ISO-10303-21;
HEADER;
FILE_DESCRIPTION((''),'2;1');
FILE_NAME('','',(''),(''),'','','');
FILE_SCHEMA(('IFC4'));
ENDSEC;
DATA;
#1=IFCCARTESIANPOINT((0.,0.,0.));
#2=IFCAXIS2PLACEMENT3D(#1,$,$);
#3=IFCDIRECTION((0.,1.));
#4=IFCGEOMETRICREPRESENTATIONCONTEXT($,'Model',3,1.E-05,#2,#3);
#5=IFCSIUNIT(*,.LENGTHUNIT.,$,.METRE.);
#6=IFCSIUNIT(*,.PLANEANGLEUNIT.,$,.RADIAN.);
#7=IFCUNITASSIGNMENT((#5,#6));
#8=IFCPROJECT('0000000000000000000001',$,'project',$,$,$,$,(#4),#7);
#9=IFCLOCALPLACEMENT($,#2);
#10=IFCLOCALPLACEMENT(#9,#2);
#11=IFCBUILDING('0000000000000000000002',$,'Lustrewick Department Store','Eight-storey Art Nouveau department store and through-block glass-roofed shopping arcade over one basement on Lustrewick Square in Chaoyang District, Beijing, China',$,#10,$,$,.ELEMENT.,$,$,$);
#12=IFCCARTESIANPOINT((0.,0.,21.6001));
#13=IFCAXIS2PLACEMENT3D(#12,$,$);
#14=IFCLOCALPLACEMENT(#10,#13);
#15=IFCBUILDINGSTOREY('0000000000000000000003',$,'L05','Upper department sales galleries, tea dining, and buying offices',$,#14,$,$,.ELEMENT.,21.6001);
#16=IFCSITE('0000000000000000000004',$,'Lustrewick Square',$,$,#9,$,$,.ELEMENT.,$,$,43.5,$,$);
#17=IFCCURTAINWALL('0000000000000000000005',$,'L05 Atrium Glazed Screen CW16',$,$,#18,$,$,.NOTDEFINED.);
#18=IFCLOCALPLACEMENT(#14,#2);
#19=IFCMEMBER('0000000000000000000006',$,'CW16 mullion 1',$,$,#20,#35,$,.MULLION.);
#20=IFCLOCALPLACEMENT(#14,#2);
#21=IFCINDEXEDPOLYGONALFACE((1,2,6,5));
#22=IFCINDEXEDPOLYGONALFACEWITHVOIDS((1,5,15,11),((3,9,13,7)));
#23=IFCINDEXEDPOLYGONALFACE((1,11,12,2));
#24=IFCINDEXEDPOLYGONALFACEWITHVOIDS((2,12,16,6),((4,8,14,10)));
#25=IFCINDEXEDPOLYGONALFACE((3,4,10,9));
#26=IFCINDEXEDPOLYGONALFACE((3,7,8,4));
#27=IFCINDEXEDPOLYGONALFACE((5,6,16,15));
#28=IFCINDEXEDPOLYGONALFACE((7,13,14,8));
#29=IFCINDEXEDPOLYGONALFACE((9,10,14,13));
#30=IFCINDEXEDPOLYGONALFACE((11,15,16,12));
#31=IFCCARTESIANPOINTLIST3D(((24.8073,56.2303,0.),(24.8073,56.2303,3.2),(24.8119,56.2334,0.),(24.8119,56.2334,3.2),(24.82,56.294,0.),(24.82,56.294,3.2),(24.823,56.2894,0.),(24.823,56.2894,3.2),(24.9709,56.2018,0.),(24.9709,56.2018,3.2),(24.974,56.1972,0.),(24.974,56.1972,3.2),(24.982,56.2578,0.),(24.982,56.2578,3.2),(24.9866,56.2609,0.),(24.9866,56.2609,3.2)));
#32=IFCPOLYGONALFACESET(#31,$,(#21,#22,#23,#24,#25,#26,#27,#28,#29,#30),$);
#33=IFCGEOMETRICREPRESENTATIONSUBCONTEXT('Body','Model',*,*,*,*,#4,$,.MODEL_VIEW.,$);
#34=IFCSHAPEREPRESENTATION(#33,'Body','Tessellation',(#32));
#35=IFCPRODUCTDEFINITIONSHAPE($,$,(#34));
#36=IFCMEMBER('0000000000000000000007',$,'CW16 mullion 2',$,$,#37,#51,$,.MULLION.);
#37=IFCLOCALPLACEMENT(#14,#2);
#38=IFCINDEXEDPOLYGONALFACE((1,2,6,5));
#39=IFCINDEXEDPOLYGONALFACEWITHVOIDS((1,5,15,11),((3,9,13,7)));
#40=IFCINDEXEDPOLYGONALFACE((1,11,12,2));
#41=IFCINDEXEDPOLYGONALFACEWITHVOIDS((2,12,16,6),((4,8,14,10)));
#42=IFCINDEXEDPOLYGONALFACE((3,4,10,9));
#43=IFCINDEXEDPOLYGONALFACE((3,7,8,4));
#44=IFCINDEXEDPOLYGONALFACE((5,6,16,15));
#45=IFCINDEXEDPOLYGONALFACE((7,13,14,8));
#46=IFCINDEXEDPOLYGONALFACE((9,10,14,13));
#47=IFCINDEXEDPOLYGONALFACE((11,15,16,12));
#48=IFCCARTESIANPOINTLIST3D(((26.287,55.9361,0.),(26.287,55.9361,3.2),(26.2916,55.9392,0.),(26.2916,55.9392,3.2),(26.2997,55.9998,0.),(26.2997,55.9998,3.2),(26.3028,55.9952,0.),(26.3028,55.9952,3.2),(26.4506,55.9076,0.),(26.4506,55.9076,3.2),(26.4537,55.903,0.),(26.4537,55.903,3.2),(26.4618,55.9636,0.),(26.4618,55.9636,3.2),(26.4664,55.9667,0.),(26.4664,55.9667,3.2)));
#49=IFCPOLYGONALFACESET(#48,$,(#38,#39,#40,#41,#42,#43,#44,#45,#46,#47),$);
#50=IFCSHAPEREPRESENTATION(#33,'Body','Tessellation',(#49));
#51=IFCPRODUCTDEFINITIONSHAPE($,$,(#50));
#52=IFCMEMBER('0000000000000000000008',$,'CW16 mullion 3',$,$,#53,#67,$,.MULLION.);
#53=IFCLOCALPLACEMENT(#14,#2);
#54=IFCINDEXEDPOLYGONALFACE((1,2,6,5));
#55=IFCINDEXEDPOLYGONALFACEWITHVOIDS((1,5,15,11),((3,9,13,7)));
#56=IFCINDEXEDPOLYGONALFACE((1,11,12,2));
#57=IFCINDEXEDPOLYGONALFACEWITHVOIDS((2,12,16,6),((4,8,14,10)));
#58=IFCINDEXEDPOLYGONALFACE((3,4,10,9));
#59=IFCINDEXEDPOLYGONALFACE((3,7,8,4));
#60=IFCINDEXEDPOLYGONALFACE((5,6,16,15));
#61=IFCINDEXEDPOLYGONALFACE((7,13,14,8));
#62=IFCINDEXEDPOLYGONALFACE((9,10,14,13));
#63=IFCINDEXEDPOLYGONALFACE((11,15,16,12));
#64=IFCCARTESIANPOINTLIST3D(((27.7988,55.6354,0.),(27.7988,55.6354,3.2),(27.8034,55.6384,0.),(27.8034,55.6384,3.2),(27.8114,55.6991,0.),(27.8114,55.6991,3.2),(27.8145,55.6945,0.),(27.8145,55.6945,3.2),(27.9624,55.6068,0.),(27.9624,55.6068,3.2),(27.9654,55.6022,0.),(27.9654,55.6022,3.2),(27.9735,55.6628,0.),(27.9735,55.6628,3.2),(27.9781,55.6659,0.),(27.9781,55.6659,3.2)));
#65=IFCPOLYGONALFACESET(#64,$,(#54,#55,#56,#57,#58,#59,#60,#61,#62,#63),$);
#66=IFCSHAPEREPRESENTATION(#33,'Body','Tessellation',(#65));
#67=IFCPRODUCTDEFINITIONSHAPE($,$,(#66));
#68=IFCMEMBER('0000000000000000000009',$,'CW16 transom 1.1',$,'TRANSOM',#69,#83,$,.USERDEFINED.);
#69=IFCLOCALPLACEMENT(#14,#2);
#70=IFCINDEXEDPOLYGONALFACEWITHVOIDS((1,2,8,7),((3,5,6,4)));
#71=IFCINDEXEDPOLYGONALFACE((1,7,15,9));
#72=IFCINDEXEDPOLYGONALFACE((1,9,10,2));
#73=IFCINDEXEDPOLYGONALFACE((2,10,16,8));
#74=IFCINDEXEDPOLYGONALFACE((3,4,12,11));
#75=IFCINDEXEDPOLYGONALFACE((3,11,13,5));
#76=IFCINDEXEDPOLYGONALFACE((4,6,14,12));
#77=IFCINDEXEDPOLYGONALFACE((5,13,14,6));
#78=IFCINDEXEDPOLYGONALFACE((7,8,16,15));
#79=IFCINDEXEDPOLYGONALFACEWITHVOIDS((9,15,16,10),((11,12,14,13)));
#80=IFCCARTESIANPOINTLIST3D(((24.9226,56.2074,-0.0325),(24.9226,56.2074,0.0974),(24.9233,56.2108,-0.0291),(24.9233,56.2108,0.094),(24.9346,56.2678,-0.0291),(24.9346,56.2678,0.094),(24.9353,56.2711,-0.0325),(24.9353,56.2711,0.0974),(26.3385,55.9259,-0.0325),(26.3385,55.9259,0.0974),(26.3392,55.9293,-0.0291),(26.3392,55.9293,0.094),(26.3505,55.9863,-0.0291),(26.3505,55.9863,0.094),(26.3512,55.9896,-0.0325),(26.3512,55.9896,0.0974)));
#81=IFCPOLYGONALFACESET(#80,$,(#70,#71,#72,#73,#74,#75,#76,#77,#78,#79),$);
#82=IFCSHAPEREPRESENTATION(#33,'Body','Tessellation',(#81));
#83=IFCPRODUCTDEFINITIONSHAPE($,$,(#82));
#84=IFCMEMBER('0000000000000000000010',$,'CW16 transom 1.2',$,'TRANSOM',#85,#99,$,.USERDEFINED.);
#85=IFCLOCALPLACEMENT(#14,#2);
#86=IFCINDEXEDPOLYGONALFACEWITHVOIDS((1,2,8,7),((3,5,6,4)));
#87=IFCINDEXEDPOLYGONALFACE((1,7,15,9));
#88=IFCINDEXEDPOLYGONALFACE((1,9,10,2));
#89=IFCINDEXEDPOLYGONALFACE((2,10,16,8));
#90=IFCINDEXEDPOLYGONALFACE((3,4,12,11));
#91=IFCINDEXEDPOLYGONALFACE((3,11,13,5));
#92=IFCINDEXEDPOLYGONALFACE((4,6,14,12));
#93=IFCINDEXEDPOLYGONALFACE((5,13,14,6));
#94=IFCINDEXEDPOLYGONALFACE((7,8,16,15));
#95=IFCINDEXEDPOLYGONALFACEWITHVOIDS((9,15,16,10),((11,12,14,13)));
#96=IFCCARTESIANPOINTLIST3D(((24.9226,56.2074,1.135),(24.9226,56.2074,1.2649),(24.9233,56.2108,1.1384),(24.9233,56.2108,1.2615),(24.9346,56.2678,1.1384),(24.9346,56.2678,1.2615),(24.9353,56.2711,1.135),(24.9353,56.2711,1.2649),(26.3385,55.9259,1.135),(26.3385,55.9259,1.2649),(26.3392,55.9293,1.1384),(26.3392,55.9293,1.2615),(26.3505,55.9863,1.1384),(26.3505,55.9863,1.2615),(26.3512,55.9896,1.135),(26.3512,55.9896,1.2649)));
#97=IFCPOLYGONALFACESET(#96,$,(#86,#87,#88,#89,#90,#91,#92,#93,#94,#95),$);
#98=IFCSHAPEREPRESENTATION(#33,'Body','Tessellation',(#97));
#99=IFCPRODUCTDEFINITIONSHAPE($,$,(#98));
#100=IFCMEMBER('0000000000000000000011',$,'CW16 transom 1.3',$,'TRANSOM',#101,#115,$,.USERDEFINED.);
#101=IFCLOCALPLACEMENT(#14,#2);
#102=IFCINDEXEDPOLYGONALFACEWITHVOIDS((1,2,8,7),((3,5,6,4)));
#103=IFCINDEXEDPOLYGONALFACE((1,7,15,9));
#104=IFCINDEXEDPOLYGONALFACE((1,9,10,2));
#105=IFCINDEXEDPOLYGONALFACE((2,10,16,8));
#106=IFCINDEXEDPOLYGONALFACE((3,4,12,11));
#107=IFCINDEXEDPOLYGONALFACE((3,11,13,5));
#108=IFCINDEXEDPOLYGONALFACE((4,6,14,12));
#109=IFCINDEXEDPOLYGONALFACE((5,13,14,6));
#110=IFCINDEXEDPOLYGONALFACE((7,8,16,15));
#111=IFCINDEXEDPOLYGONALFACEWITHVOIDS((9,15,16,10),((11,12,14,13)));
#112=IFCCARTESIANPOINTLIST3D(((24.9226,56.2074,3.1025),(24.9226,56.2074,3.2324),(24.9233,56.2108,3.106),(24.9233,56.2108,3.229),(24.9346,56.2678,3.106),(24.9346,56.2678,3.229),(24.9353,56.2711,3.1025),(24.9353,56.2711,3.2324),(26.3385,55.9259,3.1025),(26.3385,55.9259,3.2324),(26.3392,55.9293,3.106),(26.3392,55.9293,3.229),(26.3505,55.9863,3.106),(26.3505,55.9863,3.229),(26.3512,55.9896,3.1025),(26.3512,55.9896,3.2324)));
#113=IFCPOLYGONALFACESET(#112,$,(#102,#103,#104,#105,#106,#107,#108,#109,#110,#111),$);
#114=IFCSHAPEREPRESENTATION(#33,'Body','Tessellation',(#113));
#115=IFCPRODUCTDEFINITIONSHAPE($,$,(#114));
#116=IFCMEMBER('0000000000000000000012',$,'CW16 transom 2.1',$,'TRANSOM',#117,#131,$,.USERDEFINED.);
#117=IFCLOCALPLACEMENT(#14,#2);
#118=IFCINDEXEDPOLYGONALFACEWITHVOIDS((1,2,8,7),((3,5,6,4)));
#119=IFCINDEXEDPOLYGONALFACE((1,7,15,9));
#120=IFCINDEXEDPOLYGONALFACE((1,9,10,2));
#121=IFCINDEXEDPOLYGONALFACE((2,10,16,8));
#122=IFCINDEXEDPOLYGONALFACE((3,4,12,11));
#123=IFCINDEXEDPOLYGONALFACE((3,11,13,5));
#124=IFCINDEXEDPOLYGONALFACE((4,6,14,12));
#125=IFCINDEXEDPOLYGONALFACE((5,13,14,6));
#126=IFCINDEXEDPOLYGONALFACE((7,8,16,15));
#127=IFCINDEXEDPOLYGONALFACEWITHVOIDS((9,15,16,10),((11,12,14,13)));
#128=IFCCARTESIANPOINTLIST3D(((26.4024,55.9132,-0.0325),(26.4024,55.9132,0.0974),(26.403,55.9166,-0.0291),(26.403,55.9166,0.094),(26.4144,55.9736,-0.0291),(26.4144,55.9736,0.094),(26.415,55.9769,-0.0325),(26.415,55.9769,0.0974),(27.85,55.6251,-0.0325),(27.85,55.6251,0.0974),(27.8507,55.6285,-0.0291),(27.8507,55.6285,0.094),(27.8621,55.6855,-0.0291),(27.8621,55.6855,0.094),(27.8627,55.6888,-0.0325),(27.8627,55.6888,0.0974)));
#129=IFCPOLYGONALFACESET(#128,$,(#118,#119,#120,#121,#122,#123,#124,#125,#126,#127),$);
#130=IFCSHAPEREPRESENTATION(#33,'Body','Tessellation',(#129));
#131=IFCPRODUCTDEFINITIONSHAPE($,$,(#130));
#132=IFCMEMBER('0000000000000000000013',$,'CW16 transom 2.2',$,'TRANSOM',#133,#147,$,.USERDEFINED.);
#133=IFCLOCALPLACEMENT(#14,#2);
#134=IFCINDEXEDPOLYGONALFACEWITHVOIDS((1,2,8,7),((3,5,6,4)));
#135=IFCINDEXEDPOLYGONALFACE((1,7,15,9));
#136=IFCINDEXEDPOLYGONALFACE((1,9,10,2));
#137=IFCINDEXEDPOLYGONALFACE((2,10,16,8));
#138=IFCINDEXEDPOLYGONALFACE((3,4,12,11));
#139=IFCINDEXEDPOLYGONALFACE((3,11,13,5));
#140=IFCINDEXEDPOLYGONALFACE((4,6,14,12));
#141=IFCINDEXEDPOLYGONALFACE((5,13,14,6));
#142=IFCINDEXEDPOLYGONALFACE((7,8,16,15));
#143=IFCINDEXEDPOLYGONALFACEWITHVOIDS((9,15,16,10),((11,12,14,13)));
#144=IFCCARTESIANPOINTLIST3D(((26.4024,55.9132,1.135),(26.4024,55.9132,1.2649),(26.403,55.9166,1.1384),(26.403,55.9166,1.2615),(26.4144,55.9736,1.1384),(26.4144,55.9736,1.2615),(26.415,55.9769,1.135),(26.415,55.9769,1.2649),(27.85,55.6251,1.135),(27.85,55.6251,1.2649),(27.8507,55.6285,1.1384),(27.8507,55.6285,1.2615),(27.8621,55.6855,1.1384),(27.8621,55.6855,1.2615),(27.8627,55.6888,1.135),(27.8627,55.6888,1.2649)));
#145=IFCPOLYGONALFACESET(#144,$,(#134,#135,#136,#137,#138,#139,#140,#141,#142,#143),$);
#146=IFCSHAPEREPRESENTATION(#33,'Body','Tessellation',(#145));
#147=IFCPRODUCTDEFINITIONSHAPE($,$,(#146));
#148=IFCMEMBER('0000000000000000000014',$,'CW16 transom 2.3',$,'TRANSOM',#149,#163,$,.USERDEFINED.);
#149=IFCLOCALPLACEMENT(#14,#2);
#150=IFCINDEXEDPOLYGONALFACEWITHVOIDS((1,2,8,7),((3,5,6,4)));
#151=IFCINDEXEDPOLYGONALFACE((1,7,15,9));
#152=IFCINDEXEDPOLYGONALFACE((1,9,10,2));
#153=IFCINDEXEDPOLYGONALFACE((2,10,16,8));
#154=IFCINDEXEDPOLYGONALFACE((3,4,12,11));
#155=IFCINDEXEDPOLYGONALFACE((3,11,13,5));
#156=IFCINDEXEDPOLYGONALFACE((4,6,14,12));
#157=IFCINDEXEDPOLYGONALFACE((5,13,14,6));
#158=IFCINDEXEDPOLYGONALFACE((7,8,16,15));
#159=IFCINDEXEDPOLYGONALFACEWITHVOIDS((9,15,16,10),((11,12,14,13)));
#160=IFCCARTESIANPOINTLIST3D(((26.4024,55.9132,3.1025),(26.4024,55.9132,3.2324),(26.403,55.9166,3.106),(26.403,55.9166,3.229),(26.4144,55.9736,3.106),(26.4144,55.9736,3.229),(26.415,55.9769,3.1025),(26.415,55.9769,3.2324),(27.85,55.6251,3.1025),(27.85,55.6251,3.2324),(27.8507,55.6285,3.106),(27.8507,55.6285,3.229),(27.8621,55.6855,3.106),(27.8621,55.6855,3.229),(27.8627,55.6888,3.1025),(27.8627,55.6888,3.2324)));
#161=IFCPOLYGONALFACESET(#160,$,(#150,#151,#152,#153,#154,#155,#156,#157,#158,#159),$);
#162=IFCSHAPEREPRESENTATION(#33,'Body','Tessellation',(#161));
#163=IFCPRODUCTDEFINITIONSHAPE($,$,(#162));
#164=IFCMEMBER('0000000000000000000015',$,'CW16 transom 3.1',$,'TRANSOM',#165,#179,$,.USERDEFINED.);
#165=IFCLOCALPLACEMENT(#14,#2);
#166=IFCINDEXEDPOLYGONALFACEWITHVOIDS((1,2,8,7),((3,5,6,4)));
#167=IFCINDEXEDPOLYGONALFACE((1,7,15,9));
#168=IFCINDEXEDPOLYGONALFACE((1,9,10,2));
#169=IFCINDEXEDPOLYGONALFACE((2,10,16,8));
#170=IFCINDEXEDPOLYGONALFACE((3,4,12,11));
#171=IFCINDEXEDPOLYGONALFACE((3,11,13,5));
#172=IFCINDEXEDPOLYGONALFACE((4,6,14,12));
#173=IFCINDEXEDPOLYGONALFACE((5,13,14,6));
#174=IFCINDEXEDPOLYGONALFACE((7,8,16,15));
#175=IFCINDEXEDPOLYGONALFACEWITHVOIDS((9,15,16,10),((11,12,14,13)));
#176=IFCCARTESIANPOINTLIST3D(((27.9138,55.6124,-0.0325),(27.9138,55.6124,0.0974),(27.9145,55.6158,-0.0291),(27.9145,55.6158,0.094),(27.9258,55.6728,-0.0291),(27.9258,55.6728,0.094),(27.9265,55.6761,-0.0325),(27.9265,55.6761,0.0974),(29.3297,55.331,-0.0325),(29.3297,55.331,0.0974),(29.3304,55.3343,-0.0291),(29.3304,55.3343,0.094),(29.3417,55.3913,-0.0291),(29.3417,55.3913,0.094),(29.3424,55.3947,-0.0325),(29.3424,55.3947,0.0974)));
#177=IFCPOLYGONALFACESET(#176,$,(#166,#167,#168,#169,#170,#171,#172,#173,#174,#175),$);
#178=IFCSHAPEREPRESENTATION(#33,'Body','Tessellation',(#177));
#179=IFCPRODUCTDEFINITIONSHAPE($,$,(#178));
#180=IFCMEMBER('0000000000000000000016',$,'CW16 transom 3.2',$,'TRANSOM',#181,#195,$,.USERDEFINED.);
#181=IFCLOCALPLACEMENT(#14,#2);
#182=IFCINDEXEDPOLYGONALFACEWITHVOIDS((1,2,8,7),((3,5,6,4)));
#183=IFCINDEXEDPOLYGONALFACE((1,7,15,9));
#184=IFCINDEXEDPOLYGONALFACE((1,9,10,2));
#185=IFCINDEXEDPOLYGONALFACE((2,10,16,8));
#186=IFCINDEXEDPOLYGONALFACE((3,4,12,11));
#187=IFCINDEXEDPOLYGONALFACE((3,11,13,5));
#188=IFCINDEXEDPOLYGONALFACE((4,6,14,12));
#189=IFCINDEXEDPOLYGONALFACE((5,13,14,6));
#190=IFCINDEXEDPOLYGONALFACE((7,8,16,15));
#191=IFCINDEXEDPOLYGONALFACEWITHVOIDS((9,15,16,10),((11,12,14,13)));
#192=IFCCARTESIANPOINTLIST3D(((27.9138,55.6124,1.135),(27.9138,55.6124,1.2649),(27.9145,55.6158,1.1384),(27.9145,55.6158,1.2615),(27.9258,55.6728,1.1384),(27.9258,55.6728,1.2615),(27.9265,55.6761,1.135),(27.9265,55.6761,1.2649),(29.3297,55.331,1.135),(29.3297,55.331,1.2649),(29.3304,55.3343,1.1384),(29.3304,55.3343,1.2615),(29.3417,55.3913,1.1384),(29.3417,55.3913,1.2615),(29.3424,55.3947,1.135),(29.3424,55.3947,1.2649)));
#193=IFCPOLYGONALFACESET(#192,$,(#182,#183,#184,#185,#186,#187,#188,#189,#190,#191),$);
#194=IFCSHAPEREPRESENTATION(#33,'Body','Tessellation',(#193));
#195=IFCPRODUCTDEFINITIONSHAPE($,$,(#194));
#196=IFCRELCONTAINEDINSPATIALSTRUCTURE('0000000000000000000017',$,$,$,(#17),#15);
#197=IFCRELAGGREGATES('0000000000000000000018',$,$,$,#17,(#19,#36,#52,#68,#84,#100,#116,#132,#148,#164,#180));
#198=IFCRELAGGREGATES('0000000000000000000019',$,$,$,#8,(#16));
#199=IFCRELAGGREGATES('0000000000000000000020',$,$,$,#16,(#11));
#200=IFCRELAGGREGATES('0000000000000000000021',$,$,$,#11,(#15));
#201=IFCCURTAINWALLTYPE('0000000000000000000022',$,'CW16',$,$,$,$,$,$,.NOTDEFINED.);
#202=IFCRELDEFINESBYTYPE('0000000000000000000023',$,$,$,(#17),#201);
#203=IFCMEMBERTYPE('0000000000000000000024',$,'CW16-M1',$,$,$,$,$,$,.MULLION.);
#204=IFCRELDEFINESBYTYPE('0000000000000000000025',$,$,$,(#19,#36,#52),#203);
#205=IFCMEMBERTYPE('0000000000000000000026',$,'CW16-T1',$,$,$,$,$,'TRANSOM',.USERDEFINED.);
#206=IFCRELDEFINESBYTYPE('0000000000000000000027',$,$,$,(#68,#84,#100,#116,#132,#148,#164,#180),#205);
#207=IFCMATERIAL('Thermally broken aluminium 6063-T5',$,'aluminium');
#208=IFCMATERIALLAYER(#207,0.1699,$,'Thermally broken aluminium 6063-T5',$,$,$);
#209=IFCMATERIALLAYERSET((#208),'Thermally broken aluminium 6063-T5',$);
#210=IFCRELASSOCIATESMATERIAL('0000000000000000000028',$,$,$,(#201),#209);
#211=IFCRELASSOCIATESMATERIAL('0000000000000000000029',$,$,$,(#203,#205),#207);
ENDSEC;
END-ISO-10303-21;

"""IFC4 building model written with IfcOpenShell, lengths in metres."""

from ifc_helpers import new_model, si_unit, direction, frame, origin, origin_2d, place, context, subcontext, project, spatial, hollow_rectangle, extrude, material, layer, layer_set, material_profile, profile_set, type_object, element, aggregate, save


model = new_model("IFC4")

# Units and contexts
model_context = context("Model", 3, precision=1e-05, world=origin(), true_north=direction((0.0, 1.0)))
body_context = subcontext(model_context, "Body", "Model", "MODEL_VIEW")
ifc_project = project(units=[si_unit("LENGTHUNIT", "METRE"), si_unit("PLANEANGLEUNIT", "RADIAN")], contexts=[model_context])

# Site, building, storey
site_placement = place(None, origin())
site = spatial("IfcSite", under=ifc_project, at=site_placement, Name="Lustrewick Square", CompositionType="ELEMENT", RefElevation=43.5)
building_placement = place(site_placement, origin())
building = spatial("IfcBuilding", under=site, at=building_placement, Name="Lustrewick Department Store", Description="Eight-storey Art Nouveau department store and through-block glass-roofed shopping arcade over one basement on Lustrewick Square in Chaoyang District, Beijing, China", CompositionType="ELEMENT")
storey_placement = place(building_placement, frame((0.0, 0.0, 21.6001)))
storey = spatial("IfcBuildingStorey", under=building, at=storey_placement, Name="L05", Description="Upper department sales galleries, tea dining, and buying offices", CompositionType="ELEMENT", Elevation=21.6001)

# Curtain wall, members
ifc_material_1 = material(Name="Thermally broken aluminium 6063-T5", Category="aluminium")
ifc_layer_1 = layer(ifc_material_1, 0.1699, Name="Thermally broken aluminium 6063-T5")
ifc_layer_set_1 = layer_set([ifc_layer_1], Name="Thermally broken aluminium 6063-T5")
curtain_wall_type_1 = type_object("IfcCurtainWallType", Name="CW16", PredefinedType="NOTDEFINED", material=ifc_layer_set_1)
curtain_wall_1_placement = place(storey_placement, origin())
curtain_wall_1 = element("IfcCurtainWall", 1, at=curtain_wall_1_placement, inside=storey, type_object=curtain_wall_type_1, Name="L05 Atrium Glazed Screen CW16", PredefinedType="NOTDEFINED")
ifc_material_profile_1 = material_profile(ifc_material_1, hollow_rectangle(XDim=0.0649, YDim=0.1699, WallThickness=0.0039, at=origin_2d()), Name="ALU-M 65x170x4")
ifc_profile_set_1 = profile_set([ifc_material_profile_1], Name="Thermally broken aluminium 6063-T5")
member_type_1 = type_object("IfcMemberType", Name="CW16-M1", PredefinedType="MULLION", material=ifc_profile_set_1)
member_1_placement = place(storey_placement, frame((24.897, 56.2456, 0.0), z_axis=(0.0, 0.0, 1.0), x_axis=(0.195085, 0.980786, 0.0)))
member_1 = element("IfcMember", 2, at=member_1_placement, type_object=member_type_1, Name="CW16 mullion 1", PredefinedType="MULLION", context=body_context, shape_type="SweptSolid", body=[
    extrude(hollow_rectangle(XDim=0.0649, YDim=0.1699, WallThickness=0.0039, at=origin_2d()), origin(), (0.0, 0.0, 1.0), 3.2),
])
member_2_placement = place(storey_placement, frame((26.3767, 55.9514, 0.0), z_axis=(0.0, 0.0, 1.0), x_axis=(0.195085, 0.980786, 0.0)))
member_2 = element("IfcMember", 3, at=member_2_placement, type_object=member_type_1, Name="CW16 mullion 2", PredefinedType="MULLION", context=body_context, shape_type="SweptSolid", body=[
    extrude(hollow_rectangle(XDim=0.0649, YDim=0.1699, WallThickness=0.0039, at=origin_2d()), origin(), (0.0, 0.0, 1.0), 3.2),
])
member_3_placement = place(storey_placement, frame((27.8884, 55.6506, 0.0), z_axis=(0.0, 0.0, 1.0), x_axis=(0.195085, 0.980786, 0.0)))
member_3 = element("IfcMember", 4, at=member_3_placement, type_object=member_type_1, Name="CW16 mullion 3", PredefinedType="MULLION", context=body_context, shape_type="SweptSolid", body=[
    extrude(hollow_rectangle(XDim=0.0649, YDim=0.1699, WallThickness=0.0039, at=origin_2d()), origin(), (0.0, 0.0, 1.0), 3.2),
])
ifc_material_profile_2 = material_profile(ifc_material_1, hollow_rectangle(XDim=0.0649, YDim=0.1299, WallThickness=0.0034, at=origin_2d()), Name="ALU-T 65x130x3.5")
ifc_profile_set_2 = profile_set([ifc_material_profile_2], Name="Thermally broken aluminium 6063-T5")
member_type_2 = type_object("IfcMemberType", Name="CW16-T1", ElementType="TRANSOM", PredefinedType="USERDEFINED", material=ifc_profile_set_2)
member_4_placement = place(storey_placement, frame((24.929, 56.2393, 0.0325), z_axis=(0.980808, -0.194978, 0.0), x_axis=(0.194978, 0.980808, 0.0)))
member_4 = element("IfcMember", 5, at=member_4_placement, type_object=member_type_2, Name="CW16 transom 1.1", ObjectType="TRANSOM", PredefinedType="USERDEFINED", context=body_context, shape_type="SweptSolid", body=[
    extrude(hollow_rectangle(XDim=0.0649, YDim=0.1299, WallThickness=0.0034, at=origin_2d()), origin(), (0.0, 0.0, 1.0), 1.4436),
])
member_5_placement = place(storey_placement, frame((24.929, 56.2393, 1.2), z_axis=(0.980808, -0.194978, 0.0), x_axis=(0.194978, 0.980808, 0.0)))
member_5 = element("IfcMember", 6, at=member_5_placement, type_object=member_type_2, Name="CW16 transom 1.2", ObjectType="TRANSOM", PredefinedType="USERDEFINED", context=body_context, shape_type="SweptSolid", body=[
    extrude(hollow_rectangle(XDim=0.0649, YDim=0.1299, WallThickness=0.0034, at=origin_2d()), origin(), (0.0, 0.0, 1.0), 1.4436),
])
member_6_placement = place(storey_placement, frame((24.929, 56.2393, 3.1675), z_axis=(0.980808, -0.194978, 0.0), x_axis=(0.194978, 0.980808, 0.0)))
member_6 = element("IfcMember", 7, at=member_6_placement, type_object=member_type_2, Name="CW16 transom 1.3", ObjectType="TRANSOM", PredefinedType="USERDEFINED", context=body_context, shape_type="SweptSolid", body=[
    extrude(hollow_rectangle(XDim=0.0649, YDim=0.1299, WallThickness=0.0034, at=origin_2d()), origin(), (0.0, 0.0, 1.0), 1.4436),
])
member_7_placement = place(storey_placement, frame((26.4087, 55.9451, 0.0325), z_axis=(0.980771, -0.195162, 0.0), x_axis=(0.195162, 0.980771, 0.0)))
member_7 = element("IfcMember", 8, at=member_7_placement, type_object=member_type_2, Name="CW16 transom 2.1", ObjectType="TRANSOM", PredefinedType="USERDEFINED", context=body_context, shape_type="SweptSolid", body=[
    extrude(hollow_rectangle(XDim=0.0649, YDim=0.1299, WallThickness=0.0034, at=origin_2d()), origin(), (0.0, 0.0, 1.0), 1.4761),
])
member_8_placement = place(storey_placement, frame((26.4087, 55.9451, 1.2), z_axis=(0.980771, -0.195162, 0.0), x_axis=(0.195162, 0.980771, 0.0)))
member_8 = element("IfcMember", 9, at=member_8_placement, type_object=member_type_2, Name="CW16 transom 2.2", ObjectType="TRANSOM", PredefinedType="USERDEFINED", context=body_context, shape_type="SweptSolid", body=[
    extrude(hollow_rectangle(XDim=0.0649, YDim=0.1299, WallThickness=0.0034, at=origin_2d()), origin(), (0.0, 0.0, 1.0), 1.4761),
])
member_9_placement = place(storey_placement, frame((26.4087, 55.9451, 3.1675), z_axis=(0.980771, -0.195162, 0.0), x_axis=(0.195162, 0.980771, 0.0)))
member_9 = element("IfcMember", 10, at=member_9_placement, type_object=member_type_2, Name="CW16 transom 2.3", ObjectType="TRANSOM", PredefinedType="USERDEFINED", context=body_context, shape_type="SweptSolid", body=[
    extrude(hollow_rectangle(XDim=0.0649, YDim=0.1299, WallThickness=0.0034, at=origin_2d()), origin(), (0.0, 0.0, 1.0), 1.4761),
])
member_10_placement = place(storey_placement, frame((27.9202, 55.6443, 0.0325), z_axis=(0.980808, -0.194978, 0.0), x_axis=(0.194978, 0.980808, 0.0)))
member_10 = element("IfcMember", 11, at=member_10_placement, type_object=member_type_2, Name="CW16 transom 3.1", ObjectType="TRANSOM", PredefinedType="USERDEFINED", context=body_context, shape_type="SweptSolid", body=[
    extrude(hollow_rectangle(XDim=0.0649, YDim=0.1299, WallThickness=0.0034, at=origin_2d()), origin(), (0.0, 0.0, 1.0), 1.4436),
])
member_11_placement = place(storey_placement, frame((27.9202, 55.6443, 1.2), z_axis=(0.980808, -0.194978, 0.0), x_axis=(0.194978, 0.980808, 0.0)))
member_11 = element("IfcMember", 12, at=member_11_placement, type_object=member_type_2, Name="CW16 transom 3.2", ObjectType="TRANSOM", PredefinedType="USERDEFINED", context=body_context, shape_type="SweptSolid", body=[
    extrude(hollow_rectangle(XDim=0.0649, YDim=0.1299, WallThickness=0.0034, at=origin_2d()), origin(), (0.0, 0.0, 1.0), 1.4436),
])

aggregate(curtain_wall_1, [member_1, member_2, member_3, member_4, member_5, member_6, member_7, member_8, member_9, member_10, member_11])

save(model, "model.ifc")
